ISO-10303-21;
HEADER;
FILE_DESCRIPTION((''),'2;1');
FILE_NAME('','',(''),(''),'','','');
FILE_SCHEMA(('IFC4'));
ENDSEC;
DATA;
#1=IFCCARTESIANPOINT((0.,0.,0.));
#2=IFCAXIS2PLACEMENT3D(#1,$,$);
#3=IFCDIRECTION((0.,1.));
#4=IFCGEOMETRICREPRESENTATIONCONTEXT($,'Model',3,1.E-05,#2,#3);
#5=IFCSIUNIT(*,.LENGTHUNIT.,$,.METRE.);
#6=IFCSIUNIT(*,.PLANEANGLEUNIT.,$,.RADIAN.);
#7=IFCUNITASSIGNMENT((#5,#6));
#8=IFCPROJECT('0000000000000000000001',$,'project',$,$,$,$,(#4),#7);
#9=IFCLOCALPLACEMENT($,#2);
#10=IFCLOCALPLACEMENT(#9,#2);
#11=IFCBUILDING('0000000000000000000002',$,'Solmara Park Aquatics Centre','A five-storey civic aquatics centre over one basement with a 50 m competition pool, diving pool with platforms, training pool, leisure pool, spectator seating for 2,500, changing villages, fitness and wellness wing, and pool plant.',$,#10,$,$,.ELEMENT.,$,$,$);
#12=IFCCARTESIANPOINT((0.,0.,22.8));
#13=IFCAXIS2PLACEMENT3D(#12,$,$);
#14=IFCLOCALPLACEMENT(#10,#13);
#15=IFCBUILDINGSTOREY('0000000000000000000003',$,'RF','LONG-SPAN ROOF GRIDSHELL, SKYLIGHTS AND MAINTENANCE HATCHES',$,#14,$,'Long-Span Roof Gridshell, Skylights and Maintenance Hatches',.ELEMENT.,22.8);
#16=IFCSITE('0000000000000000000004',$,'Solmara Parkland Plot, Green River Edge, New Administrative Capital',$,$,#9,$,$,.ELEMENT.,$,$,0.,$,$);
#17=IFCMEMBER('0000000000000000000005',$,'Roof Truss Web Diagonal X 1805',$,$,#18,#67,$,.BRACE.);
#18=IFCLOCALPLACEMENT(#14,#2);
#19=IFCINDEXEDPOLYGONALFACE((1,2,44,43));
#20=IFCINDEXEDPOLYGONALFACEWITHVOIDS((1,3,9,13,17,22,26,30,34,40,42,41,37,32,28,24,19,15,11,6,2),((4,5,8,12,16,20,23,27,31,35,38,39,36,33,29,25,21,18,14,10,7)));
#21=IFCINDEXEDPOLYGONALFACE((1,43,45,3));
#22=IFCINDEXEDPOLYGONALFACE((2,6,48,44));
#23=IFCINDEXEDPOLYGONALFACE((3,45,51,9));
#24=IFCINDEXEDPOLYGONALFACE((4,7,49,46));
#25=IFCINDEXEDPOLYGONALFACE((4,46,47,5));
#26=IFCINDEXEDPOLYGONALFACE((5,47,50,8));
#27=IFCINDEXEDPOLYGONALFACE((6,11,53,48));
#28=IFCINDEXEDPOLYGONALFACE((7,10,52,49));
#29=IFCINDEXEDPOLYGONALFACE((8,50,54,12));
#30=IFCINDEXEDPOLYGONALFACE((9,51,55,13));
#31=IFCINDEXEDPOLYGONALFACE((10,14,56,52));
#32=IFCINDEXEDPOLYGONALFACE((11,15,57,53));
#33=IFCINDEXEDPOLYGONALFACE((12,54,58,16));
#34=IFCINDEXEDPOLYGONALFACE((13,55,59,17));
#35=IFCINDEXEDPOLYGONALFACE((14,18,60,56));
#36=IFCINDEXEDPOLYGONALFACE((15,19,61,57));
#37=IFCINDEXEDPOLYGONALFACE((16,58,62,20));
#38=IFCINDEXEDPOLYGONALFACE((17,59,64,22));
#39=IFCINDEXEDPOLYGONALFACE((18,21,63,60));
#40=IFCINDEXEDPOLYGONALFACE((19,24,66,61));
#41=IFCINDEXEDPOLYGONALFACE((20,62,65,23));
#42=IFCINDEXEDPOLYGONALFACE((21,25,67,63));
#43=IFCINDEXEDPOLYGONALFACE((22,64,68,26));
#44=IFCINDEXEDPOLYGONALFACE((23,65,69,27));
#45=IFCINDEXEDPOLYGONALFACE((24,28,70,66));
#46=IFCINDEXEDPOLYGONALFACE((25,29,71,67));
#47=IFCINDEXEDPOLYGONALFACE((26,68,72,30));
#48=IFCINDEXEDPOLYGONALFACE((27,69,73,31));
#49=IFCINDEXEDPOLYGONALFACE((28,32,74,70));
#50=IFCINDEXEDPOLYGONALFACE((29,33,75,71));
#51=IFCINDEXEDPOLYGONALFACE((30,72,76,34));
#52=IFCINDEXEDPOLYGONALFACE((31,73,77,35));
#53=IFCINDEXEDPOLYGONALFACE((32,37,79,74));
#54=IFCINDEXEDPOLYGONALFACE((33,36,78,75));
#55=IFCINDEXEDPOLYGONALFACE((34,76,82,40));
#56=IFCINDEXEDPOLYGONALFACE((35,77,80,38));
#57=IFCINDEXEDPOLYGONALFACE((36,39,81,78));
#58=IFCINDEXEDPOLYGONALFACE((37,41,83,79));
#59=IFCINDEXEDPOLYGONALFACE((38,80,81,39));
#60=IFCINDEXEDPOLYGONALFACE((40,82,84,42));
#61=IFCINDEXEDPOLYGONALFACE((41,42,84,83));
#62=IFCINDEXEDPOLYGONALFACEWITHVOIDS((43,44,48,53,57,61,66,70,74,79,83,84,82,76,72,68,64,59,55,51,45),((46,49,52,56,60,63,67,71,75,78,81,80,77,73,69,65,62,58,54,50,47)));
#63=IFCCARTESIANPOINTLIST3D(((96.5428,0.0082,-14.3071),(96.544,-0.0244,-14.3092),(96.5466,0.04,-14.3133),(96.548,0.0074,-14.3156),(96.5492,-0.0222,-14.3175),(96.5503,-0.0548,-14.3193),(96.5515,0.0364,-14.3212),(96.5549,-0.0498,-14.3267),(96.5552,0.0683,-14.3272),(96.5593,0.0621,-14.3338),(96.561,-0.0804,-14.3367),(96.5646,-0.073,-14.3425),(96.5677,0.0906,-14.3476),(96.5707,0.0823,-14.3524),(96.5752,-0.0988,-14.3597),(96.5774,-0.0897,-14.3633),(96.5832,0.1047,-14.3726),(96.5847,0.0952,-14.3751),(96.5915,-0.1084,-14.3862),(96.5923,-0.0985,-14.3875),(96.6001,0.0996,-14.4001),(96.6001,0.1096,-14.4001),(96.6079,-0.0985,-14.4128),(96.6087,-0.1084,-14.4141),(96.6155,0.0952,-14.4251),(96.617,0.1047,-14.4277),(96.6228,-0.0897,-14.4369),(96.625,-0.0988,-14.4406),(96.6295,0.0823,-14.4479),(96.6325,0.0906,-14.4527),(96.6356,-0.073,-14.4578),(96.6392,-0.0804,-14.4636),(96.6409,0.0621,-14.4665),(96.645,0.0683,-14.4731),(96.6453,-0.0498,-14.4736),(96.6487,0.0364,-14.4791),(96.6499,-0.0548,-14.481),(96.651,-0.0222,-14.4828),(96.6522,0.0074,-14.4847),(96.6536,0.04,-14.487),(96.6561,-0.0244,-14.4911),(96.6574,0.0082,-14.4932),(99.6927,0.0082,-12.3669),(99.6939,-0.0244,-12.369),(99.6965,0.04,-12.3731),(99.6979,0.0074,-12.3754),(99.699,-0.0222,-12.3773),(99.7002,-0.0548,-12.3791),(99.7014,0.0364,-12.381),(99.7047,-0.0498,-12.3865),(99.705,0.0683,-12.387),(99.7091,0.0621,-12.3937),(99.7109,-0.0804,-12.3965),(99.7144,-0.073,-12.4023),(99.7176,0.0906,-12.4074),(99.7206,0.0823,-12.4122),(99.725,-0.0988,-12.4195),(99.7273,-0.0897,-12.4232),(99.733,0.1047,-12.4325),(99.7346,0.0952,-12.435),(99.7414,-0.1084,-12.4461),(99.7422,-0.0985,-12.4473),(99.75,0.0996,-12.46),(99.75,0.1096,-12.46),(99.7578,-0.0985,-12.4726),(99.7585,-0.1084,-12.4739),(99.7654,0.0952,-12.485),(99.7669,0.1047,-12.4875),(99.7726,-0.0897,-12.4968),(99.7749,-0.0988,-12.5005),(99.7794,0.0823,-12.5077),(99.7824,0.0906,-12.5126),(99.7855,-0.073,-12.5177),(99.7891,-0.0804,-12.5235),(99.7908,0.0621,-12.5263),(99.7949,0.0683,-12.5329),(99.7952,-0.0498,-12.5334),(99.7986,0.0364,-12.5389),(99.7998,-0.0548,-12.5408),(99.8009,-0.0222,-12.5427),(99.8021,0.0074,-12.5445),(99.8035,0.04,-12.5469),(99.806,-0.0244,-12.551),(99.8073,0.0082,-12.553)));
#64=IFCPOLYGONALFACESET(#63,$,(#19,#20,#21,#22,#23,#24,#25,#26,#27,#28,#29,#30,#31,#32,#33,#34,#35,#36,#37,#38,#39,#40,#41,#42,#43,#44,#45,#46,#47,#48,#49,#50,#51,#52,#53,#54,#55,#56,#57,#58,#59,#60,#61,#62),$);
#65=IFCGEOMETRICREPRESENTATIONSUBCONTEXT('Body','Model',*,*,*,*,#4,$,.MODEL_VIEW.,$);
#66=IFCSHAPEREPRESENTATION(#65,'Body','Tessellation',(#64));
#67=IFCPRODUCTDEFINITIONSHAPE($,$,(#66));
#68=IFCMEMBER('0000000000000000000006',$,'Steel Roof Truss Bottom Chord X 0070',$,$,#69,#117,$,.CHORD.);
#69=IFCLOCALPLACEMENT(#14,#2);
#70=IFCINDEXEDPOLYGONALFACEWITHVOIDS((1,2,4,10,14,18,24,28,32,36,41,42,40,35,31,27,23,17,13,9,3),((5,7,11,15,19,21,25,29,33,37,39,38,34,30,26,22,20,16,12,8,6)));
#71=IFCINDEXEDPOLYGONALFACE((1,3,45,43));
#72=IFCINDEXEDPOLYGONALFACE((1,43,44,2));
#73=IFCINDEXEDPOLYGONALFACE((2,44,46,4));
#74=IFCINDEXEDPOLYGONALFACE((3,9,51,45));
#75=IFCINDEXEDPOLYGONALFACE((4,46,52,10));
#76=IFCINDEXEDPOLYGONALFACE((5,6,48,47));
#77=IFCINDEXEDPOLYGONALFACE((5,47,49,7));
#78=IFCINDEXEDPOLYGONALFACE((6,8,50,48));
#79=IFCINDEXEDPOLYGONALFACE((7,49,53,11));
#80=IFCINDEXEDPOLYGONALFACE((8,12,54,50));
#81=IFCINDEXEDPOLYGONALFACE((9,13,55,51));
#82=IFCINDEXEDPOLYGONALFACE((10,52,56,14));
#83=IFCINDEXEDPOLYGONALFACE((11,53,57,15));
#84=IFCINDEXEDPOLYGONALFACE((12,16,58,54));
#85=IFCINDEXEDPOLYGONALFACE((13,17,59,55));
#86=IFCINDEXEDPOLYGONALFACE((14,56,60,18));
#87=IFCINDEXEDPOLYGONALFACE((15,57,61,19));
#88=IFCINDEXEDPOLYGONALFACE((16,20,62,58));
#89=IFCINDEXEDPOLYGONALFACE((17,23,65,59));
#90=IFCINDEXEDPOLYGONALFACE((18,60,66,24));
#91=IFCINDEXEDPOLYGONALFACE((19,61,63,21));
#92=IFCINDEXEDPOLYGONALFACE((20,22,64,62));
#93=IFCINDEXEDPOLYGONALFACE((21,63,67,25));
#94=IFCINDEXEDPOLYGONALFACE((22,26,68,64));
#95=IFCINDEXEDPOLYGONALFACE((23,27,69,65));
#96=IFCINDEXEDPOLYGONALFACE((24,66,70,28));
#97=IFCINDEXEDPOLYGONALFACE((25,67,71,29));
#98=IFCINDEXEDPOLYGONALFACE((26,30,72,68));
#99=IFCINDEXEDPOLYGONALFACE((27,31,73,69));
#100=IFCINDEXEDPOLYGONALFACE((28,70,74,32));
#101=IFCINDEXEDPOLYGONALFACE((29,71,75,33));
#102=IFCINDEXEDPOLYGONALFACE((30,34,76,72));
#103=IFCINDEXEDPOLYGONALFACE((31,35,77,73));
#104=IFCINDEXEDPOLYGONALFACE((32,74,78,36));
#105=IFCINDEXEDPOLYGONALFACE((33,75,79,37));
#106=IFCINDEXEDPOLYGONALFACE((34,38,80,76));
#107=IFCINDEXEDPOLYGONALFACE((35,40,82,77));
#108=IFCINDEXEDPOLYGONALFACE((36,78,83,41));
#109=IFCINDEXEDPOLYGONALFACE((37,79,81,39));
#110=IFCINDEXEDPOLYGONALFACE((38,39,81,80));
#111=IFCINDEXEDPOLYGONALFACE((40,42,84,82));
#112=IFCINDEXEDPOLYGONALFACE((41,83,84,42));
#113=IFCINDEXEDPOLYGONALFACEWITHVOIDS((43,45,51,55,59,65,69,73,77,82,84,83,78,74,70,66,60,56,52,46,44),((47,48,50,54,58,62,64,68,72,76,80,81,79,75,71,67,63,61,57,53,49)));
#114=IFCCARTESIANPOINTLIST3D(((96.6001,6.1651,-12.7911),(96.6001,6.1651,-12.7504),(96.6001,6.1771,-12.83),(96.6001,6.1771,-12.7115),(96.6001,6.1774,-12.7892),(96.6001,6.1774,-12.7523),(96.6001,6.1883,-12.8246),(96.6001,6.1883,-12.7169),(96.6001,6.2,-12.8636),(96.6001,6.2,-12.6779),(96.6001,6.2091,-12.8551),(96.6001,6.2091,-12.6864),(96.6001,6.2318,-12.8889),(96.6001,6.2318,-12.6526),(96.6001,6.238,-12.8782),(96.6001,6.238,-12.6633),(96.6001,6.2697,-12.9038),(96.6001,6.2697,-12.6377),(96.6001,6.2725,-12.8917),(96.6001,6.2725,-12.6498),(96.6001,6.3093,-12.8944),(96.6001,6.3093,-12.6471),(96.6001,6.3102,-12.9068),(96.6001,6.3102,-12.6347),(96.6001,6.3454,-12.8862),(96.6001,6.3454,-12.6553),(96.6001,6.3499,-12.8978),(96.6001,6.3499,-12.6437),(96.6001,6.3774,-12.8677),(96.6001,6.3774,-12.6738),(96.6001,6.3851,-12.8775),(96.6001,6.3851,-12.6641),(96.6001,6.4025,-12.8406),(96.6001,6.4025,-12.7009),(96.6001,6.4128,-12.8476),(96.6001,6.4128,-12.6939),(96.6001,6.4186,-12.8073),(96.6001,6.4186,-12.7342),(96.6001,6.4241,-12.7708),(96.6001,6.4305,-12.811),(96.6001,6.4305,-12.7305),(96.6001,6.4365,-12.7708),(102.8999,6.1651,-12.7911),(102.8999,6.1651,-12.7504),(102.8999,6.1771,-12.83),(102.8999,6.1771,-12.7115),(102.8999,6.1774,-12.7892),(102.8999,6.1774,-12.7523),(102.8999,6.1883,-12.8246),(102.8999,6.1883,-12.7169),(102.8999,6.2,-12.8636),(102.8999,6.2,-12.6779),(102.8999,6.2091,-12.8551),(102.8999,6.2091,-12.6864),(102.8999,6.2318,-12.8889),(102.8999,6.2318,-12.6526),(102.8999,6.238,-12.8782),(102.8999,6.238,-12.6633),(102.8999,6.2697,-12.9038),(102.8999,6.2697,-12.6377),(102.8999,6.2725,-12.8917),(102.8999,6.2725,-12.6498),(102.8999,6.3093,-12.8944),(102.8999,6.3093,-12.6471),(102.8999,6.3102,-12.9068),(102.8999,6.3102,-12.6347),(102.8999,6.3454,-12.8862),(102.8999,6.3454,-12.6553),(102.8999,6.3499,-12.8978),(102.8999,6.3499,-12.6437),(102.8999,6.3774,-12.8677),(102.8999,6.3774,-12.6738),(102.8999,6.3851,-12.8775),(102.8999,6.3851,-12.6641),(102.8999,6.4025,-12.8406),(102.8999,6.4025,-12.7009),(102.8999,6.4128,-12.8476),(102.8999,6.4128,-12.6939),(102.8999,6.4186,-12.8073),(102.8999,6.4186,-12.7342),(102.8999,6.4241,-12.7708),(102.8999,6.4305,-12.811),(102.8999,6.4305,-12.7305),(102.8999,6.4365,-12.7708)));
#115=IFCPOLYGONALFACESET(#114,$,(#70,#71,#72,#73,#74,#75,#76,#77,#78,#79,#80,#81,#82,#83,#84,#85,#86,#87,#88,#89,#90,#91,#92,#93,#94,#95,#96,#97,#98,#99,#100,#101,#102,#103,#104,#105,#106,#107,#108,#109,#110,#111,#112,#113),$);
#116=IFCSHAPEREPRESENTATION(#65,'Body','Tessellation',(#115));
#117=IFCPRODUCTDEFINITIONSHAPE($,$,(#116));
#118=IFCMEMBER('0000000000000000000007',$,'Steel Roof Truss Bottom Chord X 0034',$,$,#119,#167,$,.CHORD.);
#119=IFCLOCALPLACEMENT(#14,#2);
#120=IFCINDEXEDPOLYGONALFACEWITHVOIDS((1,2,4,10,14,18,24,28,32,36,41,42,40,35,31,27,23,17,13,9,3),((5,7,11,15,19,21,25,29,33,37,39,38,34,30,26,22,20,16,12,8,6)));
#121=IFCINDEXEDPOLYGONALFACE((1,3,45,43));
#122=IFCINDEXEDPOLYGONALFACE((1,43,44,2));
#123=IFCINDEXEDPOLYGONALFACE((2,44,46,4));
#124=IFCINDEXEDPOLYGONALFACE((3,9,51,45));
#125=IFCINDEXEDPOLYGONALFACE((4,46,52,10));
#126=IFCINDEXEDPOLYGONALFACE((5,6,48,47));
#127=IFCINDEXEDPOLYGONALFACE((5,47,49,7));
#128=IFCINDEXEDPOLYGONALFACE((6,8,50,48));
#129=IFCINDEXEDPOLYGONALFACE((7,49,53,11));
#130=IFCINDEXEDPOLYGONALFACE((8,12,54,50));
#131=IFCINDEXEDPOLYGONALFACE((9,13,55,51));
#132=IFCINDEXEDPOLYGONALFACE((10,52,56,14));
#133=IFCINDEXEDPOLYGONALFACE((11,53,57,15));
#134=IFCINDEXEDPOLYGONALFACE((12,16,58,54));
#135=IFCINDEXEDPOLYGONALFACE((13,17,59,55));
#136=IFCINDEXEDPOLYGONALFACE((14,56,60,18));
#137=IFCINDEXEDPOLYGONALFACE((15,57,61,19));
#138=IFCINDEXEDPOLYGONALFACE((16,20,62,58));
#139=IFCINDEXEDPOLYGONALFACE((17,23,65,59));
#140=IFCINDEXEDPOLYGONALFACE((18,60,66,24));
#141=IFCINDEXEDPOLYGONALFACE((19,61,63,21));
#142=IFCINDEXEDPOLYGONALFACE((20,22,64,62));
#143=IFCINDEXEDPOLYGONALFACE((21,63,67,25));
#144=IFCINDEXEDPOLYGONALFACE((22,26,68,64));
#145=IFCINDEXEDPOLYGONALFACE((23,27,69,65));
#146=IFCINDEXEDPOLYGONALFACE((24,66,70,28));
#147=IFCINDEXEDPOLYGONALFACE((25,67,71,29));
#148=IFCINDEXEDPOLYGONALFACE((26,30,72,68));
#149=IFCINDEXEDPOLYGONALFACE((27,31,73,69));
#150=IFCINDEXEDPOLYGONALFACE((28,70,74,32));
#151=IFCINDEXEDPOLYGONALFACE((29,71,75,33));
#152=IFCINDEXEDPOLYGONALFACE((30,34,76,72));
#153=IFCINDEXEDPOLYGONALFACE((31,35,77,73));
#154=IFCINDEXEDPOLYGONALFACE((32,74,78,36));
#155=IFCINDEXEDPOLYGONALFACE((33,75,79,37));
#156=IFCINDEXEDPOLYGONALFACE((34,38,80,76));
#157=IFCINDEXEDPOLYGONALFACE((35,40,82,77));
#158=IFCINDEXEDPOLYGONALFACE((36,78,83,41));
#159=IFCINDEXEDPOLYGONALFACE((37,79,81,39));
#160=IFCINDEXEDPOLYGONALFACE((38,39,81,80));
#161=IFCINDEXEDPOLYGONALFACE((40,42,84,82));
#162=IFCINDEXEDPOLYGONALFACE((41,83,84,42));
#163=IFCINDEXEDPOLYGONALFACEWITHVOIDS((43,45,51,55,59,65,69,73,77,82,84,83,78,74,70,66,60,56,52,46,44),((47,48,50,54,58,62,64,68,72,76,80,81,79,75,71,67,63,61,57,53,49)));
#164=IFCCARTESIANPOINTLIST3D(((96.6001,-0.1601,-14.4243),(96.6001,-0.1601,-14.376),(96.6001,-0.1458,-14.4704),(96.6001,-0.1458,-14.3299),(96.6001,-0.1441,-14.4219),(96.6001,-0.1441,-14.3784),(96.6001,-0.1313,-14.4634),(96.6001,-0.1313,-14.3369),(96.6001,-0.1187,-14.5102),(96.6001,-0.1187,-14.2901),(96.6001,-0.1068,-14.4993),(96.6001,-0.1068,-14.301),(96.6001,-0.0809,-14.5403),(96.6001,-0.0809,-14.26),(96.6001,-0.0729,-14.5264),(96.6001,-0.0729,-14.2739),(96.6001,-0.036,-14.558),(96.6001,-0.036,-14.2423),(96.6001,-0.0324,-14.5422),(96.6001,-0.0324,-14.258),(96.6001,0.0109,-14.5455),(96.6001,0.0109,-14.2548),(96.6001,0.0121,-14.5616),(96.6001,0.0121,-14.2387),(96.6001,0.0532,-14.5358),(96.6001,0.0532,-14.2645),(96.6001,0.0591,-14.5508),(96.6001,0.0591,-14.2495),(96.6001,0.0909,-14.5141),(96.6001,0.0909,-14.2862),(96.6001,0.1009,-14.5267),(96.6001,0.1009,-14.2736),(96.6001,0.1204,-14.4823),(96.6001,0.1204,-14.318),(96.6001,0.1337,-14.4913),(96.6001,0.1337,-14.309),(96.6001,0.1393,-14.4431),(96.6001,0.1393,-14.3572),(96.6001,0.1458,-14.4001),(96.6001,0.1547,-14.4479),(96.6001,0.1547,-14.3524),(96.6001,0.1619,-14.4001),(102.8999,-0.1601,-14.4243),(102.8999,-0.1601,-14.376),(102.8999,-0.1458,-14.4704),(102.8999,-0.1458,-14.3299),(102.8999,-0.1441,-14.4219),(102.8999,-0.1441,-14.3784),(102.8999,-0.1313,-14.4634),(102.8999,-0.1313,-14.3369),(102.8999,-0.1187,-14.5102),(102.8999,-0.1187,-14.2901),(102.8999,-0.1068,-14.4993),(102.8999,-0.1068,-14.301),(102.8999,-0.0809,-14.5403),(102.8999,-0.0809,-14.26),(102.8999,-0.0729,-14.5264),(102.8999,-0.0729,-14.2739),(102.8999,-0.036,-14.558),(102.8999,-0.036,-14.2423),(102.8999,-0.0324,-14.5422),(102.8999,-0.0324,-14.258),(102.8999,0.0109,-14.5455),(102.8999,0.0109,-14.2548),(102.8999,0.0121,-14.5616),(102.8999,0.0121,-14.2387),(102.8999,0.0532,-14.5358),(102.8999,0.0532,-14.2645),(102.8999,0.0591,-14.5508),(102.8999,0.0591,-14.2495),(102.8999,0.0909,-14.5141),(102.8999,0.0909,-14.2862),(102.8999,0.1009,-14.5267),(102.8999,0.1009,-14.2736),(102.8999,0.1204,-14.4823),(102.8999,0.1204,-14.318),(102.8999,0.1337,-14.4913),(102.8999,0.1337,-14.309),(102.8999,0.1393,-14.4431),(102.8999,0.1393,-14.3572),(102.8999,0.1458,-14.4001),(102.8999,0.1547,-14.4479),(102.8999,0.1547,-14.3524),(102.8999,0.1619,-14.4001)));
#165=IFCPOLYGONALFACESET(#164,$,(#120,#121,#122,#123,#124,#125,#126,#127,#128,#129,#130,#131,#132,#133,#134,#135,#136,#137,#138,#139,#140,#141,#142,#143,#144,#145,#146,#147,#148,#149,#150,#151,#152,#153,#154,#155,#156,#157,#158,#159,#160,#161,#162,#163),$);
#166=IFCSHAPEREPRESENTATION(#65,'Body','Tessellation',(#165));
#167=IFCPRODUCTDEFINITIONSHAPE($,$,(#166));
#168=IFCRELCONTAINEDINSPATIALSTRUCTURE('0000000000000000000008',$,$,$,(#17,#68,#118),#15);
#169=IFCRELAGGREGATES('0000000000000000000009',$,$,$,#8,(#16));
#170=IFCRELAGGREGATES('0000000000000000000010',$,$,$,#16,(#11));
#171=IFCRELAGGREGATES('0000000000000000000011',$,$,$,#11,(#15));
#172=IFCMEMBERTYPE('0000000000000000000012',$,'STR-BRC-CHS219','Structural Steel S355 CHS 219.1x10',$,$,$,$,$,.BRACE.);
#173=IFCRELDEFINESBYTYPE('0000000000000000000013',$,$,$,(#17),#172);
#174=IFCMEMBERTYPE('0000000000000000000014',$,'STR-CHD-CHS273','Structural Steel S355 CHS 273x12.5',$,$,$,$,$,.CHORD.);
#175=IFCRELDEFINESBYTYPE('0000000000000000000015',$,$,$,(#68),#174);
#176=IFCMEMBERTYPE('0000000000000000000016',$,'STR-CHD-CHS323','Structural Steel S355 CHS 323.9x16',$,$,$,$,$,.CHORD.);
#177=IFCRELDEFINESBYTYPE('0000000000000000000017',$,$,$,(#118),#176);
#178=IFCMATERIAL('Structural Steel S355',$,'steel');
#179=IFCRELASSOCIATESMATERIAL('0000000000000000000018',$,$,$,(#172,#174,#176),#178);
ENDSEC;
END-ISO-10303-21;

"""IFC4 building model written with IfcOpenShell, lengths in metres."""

from ifc_helpers import new_model, si_unit, direction, frame, origin, origin_2d, place, context, subcontext, project, spatial, hollow_circle, extrude, material, material_profile, profile_set, type_object, element, save


model = new_model("IFC4")

# Units and contexts
model_context = context("Model", 3, precision=1e-05, world=origin(), true_north=direction((0.0, 1.0)))
body_context = subcontext(model_context, "Body", "Model", "MODEL_VIEW")
ifc_project = project(units=[si_unit("LENGTHUNIT", "METRE"), si_unit("PLANEANGLEUNIT", "RADIAN")], contexts=[model_context])

# Site, building, storey
site_placement = place(None, origin())
site = spatial("IfcSite", under=ifc_project, at=site_placement, Name="Solmara Parkland Plot, Green River Edge, New Administrative Capital", CompositionType="ELEMENT", RefElevation=0.0)
building_placement = place(site_placement, origin())
building = spatial("IfcBuilding", under=site, at=building_placement, Name="Solmara Park Aquatics Centre", Description="A five-storey civic aquatics centre over one basement with a 50 m competition pool, diving pool with platforms, training pool, leisure pool, spectator seating for 2,500, changing villages, fitness and wellness wing, and pool plant.", CompositionType="ELEMENT")
storey_placement = place(building_placement, frame((0.0, 0.0, 22.8)))
storey = spatial("IfcBuildingStorey", under=building, at=storey_placement, Name="RF", Description="LONG-SPAN ROOF GRIDSHELL, SKYLIGHTS AND MAINTENANCE HATCHES", LongName="Long-Span Roof Gridshell, Skylights and Maintenance Hatches", CompositionType="ELEMENT", Elevation=22.8)

# Members
ifc_material_1 = material(Name="Structural Steel S355", Category="steel")
ifc_material_profile_1 = material_profile(ifc_material_1, hollow_circle(Radius=0.1096, WallThickness=0.01, at=origin_2d()), Name="CHS 219.1x10")
ifc_profile_set_1 = profile_set([ifc_material_profile_1], Name="Structural Steel S355")
member_type_1 = type_object("IfcMemberType", Name="STR-BRC-CHS219", Description="Structural Steel S355 CHS 219.1x10", PredefinedType="BRACE", material=ifc_profile_set_1)
member_1_placement = place(storey_placement, frame((96.6001, 0.0, -14.4001), z_axis=(0.851443, 0.0, 0.524447), x_axis=(0.0, 1.0, 0.0)))
element("IfcMember", 1, at=member_1_placement, inside=storey, type_object=member_type_1, Name="Roof Truss Web Diagonal X 1805", PredefinedType="BRACE", context=body_context, shape_type="SweptSolid", body=[
    extrude(hollow_circle(Radius=0.1096, WallThickness=0.01, at=origin_2d()), origin(), (0.0, 0.0, 1.0), 3.6995),
])
ifc_material_profile_2 = material_profile(ifc_material_1, hollow_circle(Radius=0.1365, WallThickness=0.0125, at=origin_2d()), Name="CHS 273x12.5")
ifc_profile_set_2 = profile_set([ifc_material_profile_2], Name="Structural Steel S355")
member_type_2 = type_object("IfcMemberType", Name="STR-CHD-CHS273", Description="Structural Steel S355 CHS 273x12.5", PredefinedType="CHORD", material=ifc_profile_set_2)
member_2_placement = place(storey_placement, frame((96.6001, 6.3, -12.7708), z_axis=(1.0, 0.0, 0.0), x_axis=(0.0, 1.0, 0.0)))
element("IfcMember", 2, at=member_2_placement, inside=storey, type_object=member_type_2, Name="Steel Roof Truss Bottom Chord X 0070", PredefinedType="CHORD", context=body_context, shape_type="SweptSolid", body=[
    extrude(hollow_circle(Radius=0.1365, WallThickness=0.0125, at=origin_2d()), origin(), (0.0, 0.0, 1.0), 6.2998),
])
ifc_material_profile_3 = material_profile(ifc_material_1, hollow_circle(Radius=0.1619, WallThickness=0.0161, at=origin_2d()), Name="CHS 323.9x16")
ifc_profile_set_3 = profile_set([ifc_material_profile_3], Name="Structural Steel S355")
member_type_3 = type_object("IfcMemberType", Name="STR-CHD-CHS323", Description="Structural Steel S355 CHS 323.9x16", PredefinedType="CHORD", material=ifc_profile_set_3)
member_3_placement = place(storey_placement, frame((96.6001, 0.0, -14.4001), z_axis=(1.0, 0.0, 0.0), x_axis=(0.0, 1.0, 0.0)))
element("IfcMember", 3, at=member_3_placement, inside=storey, type_object=member_type_3, Name="Steel Roof Truss Bottom Chord X 0034", PredefinedType="CHORD", context=body_context, shape_type="SweptSolid", body=[
    extrude(hollow_circle(Radius=0.1619, WallThickness=0.0161, at=origin_2d()), origin(), (0.0, 0.0, 1.0), 6.2998),
])

save(model, "model.ifc")
